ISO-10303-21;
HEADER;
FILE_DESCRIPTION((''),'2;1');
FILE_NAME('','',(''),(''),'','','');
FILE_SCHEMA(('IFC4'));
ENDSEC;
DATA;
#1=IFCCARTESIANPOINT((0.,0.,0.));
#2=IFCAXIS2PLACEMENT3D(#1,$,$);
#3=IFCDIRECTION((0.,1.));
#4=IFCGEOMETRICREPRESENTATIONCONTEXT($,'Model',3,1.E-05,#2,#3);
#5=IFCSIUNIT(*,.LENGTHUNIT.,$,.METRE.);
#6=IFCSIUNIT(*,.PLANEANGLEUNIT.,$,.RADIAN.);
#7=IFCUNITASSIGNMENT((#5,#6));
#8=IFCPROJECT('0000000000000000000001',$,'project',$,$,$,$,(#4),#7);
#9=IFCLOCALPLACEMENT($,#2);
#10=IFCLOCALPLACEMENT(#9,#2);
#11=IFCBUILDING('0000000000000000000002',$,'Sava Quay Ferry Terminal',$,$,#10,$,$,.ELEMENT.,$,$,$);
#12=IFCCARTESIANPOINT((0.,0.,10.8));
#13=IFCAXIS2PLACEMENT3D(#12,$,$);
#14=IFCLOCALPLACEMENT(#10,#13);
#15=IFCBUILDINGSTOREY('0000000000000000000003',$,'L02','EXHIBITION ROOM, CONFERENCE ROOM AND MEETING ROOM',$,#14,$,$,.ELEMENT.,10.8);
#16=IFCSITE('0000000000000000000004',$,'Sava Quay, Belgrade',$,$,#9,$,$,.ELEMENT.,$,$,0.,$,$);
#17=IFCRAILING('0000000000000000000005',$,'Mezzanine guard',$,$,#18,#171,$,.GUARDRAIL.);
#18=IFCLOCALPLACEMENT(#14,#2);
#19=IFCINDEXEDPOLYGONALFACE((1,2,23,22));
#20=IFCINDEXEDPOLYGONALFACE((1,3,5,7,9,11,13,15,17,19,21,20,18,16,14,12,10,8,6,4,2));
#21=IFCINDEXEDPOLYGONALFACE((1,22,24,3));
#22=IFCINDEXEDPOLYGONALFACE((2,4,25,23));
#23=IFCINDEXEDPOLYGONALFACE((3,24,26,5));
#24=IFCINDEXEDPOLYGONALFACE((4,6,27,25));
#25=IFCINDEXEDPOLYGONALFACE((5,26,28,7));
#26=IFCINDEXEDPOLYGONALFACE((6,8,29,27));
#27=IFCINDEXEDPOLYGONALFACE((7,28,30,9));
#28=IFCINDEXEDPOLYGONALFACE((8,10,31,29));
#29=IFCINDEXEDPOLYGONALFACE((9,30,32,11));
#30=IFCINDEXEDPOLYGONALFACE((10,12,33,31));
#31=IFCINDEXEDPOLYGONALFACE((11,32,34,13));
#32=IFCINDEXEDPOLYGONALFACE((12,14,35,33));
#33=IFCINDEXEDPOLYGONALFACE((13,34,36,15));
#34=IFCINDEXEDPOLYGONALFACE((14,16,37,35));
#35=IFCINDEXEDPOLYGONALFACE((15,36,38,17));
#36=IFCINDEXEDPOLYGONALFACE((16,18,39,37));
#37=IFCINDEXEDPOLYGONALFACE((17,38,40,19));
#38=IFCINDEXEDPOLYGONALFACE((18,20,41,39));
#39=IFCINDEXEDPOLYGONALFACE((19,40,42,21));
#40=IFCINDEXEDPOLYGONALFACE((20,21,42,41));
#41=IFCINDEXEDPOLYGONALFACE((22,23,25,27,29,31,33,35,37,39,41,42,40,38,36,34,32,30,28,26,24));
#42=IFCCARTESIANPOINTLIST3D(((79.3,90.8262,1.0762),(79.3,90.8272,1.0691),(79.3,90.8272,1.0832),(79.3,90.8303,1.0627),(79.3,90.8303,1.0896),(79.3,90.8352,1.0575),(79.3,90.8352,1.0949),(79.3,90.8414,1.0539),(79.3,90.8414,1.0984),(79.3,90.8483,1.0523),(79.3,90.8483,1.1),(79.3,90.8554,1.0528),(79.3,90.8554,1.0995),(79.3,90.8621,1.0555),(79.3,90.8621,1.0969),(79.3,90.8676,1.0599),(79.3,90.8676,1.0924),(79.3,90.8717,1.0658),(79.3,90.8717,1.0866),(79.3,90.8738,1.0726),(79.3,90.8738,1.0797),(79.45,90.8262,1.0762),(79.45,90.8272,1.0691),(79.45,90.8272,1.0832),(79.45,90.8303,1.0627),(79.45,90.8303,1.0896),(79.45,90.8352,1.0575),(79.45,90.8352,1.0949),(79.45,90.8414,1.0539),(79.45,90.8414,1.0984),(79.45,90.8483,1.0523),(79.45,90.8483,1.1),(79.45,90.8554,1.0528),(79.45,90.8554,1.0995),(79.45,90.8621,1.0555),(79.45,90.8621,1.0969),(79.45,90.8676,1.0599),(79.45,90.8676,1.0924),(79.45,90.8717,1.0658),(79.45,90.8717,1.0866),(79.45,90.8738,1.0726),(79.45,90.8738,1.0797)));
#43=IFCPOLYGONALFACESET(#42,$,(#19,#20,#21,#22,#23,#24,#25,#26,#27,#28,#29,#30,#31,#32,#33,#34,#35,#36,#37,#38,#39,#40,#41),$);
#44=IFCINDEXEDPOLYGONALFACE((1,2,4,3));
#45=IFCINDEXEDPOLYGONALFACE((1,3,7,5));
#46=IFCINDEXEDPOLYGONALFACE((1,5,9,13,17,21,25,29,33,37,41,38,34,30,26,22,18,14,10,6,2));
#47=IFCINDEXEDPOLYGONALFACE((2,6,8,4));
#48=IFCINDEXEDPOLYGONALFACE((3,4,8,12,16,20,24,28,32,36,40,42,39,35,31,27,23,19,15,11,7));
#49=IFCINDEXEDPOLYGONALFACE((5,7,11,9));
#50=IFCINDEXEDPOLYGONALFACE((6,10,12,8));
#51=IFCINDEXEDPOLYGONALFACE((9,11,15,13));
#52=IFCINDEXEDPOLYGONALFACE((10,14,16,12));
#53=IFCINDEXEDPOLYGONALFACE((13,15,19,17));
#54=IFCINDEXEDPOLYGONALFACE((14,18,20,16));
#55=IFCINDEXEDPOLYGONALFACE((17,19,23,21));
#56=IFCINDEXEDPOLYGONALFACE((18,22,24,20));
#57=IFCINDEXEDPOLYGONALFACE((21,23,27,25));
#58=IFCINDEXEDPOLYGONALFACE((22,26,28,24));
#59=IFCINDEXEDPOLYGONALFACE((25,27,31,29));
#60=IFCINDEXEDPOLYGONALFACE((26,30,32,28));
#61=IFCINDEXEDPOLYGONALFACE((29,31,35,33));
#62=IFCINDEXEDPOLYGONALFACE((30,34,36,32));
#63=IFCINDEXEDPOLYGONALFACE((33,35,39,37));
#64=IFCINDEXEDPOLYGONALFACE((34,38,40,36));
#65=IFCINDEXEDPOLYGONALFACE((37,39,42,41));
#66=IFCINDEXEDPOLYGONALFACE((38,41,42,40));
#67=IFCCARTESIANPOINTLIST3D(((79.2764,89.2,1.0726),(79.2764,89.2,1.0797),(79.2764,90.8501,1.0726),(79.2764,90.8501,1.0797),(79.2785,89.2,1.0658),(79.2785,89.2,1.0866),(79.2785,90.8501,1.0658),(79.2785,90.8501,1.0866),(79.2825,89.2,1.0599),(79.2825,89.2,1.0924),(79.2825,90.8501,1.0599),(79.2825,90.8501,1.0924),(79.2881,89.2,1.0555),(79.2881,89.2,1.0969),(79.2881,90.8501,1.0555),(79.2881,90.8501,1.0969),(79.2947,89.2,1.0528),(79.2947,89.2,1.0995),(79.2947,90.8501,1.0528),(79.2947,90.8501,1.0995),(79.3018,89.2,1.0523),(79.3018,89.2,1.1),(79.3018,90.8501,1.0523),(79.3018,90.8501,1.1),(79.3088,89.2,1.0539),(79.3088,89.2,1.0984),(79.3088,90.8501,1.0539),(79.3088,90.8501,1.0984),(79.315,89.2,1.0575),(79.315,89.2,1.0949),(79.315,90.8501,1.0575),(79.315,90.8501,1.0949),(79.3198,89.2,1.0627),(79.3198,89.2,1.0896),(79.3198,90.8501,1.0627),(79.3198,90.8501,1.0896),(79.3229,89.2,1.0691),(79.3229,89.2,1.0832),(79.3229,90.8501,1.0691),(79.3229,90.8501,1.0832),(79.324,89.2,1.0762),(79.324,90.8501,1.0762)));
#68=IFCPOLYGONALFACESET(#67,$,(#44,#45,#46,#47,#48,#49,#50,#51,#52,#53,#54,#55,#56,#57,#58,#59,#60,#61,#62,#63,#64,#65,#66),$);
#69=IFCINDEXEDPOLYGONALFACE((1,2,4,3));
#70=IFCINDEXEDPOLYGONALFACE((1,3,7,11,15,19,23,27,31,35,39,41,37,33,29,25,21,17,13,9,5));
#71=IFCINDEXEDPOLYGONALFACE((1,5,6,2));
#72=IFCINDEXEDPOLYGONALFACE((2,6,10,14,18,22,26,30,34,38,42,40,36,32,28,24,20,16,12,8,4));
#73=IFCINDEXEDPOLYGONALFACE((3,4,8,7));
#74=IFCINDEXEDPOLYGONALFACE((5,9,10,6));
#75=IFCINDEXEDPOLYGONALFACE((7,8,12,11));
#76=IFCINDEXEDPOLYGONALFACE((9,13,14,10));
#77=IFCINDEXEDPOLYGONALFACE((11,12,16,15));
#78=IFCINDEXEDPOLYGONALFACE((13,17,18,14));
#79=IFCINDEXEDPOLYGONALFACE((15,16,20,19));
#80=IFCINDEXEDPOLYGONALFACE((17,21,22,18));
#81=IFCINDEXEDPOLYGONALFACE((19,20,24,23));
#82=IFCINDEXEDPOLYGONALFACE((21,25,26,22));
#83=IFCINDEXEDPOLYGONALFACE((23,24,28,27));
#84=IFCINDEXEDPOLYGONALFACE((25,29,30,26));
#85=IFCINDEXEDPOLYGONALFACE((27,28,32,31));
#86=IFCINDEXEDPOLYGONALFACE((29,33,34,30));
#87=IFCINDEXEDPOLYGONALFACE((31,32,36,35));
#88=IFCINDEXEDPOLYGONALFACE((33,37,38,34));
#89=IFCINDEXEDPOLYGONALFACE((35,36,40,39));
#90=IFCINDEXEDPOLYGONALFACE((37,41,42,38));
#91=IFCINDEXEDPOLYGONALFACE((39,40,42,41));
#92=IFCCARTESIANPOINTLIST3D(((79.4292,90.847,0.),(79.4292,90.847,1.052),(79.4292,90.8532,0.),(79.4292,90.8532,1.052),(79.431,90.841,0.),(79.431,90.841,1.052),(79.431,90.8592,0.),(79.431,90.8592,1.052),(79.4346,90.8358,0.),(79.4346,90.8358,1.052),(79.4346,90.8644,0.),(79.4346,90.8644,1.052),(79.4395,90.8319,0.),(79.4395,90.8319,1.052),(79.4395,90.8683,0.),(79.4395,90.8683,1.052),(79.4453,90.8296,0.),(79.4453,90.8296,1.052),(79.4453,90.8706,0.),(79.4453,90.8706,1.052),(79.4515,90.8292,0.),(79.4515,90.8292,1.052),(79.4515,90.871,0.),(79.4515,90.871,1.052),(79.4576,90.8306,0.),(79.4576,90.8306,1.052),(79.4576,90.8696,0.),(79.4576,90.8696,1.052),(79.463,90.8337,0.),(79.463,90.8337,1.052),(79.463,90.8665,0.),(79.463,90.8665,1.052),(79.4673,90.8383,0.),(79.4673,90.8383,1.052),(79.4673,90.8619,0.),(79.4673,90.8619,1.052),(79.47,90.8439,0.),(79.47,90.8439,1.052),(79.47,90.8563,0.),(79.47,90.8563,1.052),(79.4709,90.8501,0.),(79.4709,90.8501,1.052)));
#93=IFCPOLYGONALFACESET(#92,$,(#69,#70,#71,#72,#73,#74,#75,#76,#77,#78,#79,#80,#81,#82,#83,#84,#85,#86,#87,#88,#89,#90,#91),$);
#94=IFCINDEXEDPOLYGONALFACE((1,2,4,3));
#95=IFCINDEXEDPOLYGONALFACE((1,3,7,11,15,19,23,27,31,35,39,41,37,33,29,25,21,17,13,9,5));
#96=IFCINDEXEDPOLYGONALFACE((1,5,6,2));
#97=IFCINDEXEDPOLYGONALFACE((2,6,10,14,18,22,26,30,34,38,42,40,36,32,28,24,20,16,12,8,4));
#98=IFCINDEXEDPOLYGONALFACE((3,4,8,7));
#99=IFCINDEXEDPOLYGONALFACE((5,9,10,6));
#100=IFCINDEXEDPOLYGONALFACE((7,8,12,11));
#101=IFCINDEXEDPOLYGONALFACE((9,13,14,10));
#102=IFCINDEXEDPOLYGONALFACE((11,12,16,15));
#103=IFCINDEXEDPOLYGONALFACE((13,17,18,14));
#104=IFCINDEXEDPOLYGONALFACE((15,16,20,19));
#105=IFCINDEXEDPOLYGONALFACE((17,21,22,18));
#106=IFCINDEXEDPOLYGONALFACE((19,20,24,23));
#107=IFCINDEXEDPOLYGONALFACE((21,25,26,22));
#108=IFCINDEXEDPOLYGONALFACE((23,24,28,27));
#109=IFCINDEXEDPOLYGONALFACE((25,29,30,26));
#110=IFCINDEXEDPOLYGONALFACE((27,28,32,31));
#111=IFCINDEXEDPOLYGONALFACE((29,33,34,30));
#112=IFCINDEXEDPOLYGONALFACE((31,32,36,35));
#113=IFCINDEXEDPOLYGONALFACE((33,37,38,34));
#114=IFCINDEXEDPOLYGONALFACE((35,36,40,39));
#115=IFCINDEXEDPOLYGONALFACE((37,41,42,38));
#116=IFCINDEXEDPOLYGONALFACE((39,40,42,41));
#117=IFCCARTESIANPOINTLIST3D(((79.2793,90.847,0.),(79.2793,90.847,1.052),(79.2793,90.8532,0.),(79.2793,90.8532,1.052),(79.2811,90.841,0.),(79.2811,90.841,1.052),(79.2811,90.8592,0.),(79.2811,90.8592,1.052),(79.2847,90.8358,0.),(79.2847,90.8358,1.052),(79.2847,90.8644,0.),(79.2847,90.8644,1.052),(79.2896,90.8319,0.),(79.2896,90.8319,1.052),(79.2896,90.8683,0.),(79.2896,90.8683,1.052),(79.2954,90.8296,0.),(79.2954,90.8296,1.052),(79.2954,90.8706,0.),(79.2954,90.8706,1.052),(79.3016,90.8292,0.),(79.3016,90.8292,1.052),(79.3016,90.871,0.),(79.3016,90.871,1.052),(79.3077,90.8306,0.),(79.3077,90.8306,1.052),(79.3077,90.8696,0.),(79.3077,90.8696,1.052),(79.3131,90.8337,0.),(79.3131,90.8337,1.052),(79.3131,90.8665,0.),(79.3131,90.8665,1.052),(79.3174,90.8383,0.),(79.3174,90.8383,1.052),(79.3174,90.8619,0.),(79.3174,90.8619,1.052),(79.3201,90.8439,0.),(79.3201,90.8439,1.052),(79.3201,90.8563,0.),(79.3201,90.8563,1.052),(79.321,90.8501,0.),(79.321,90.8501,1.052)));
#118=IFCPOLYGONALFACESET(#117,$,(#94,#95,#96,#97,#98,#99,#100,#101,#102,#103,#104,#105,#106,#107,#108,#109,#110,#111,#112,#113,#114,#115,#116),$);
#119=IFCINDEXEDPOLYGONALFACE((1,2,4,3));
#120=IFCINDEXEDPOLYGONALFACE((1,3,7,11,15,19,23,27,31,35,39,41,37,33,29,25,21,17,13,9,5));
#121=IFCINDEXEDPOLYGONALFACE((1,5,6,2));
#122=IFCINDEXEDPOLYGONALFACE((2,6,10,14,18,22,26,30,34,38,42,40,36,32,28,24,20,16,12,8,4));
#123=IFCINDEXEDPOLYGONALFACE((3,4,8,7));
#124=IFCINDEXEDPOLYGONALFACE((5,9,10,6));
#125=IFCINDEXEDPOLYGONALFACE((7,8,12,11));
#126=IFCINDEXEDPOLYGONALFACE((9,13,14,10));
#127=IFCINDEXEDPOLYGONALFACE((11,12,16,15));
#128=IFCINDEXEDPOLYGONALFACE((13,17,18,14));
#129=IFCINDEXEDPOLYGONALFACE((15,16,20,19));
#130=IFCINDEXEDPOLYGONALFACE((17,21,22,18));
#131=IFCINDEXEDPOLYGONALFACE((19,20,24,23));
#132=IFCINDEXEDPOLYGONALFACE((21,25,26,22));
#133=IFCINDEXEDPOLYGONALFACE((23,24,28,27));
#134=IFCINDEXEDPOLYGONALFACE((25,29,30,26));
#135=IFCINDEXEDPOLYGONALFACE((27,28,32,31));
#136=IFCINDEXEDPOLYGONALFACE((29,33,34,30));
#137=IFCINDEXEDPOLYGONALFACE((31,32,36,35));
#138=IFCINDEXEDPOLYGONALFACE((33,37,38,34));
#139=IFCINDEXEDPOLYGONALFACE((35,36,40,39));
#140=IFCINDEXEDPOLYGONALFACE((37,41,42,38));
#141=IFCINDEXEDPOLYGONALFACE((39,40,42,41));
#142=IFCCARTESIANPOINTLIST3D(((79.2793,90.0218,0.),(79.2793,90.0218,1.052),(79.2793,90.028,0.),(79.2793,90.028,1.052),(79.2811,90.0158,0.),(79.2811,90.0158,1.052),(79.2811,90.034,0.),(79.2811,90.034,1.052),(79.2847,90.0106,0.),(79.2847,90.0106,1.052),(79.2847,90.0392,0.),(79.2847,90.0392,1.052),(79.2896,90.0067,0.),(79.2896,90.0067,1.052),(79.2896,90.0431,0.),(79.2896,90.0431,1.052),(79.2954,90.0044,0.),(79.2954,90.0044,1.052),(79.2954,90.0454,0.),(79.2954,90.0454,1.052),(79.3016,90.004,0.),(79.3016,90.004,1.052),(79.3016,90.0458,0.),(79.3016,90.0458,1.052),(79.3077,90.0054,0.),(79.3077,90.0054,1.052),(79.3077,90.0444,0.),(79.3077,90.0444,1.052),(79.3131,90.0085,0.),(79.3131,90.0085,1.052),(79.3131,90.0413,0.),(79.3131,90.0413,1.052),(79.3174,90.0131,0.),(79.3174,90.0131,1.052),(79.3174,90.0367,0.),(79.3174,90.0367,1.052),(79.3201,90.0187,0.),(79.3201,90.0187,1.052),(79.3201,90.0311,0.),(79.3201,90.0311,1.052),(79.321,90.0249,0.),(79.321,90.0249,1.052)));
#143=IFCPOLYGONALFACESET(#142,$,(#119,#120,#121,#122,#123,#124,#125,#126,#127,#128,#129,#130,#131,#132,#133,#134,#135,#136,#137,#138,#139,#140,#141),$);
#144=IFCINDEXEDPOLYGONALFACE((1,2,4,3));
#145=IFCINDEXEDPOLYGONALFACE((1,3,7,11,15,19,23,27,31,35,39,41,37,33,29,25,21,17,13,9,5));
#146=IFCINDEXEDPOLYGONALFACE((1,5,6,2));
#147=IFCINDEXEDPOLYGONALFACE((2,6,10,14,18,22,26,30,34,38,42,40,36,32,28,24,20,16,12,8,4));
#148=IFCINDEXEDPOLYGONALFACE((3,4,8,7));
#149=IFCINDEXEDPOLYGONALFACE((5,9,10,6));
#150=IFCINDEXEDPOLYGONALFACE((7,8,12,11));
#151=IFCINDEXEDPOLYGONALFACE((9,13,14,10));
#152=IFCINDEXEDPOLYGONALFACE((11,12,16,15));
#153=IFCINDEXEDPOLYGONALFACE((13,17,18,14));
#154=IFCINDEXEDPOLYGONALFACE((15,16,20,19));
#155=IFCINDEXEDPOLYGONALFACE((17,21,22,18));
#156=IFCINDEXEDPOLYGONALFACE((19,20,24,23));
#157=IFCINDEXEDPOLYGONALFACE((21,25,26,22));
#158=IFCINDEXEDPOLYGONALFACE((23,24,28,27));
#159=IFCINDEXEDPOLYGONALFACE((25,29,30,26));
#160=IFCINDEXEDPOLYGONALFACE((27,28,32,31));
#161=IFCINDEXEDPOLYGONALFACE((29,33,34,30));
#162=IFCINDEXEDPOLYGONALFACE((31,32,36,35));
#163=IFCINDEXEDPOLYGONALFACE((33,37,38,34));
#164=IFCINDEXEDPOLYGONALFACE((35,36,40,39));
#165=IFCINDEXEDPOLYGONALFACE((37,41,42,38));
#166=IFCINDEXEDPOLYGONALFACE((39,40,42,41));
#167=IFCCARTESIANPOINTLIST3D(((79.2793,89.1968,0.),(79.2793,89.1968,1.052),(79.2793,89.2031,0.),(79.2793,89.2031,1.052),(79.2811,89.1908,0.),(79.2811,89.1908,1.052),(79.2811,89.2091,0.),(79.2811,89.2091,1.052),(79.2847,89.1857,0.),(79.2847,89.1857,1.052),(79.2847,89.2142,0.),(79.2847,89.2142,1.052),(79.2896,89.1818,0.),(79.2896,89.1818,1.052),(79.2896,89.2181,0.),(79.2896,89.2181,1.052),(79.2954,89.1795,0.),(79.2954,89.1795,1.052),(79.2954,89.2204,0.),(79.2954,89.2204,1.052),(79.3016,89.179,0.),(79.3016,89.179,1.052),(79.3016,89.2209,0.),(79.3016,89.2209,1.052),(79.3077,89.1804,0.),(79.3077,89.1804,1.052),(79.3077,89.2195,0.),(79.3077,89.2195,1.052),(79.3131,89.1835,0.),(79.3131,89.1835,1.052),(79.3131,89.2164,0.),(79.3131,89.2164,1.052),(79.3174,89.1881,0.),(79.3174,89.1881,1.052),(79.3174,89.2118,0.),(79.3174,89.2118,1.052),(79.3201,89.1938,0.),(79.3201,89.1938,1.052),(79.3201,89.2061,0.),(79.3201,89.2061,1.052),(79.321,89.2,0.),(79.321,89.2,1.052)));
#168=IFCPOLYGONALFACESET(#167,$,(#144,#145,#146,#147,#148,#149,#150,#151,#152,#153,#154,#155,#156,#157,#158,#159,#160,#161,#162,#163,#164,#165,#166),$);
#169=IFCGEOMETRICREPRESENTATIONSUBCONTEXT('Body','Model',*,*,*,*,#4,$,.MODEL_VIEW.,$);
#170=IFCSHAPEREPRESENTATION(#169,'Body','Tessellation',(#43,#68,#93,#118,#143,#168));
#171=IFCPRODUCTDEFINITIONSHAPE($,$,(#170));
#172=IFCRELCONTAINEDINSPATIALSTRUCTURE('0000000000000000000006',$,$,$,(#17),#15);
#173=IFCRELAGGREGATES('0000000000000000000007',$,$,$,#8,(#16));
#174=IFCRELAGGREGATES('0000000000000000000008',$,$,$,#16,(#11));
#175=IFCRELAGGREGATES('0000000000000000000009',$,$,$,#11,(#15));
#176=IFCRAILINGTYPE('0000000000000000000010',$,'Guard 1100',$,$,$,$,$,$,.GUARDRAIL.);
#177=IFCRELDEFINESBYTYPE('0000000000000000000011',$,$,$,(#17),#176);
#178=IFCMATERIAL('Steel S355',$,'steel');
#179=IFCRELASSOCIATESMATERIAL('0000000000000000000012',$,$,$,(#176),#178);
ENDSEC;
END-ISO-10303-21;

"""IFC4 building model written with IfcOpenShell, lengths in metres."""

from ifc_helpers import new_model, si_unit, direction, frame, origin, origin_2d, place, context, subcontext, project, spatial, circle, extrude, material, type_object, element, save


model = new_model("IFC4")

# Units and contexts
model_context = context("Model", 3, precision=1e-05, world=origin(), true_north=direction((0.0, 1.0)))
body_context = subcontext(model_context, "Body", "Model", "MODEL_VIEW")
ifc_project = project(units=[si_unit("LENGTHUNIT", "METRE"), si_unit("PLANEANGLEUNIT", "RADIAN")], contexts=[model_context])

# Site, building, storey
site_placement = place(None, origin())
site = spatial("IfcSite", under=ifc_project, at=site_placement, Name="Sava Quay, Belgrade", CompositionType="ELEMENT", RefElevation=0.0)
building_placement = place(site_placement, origin())
building = spatial("IfcBuilding", under=site, at=building_placement, Name="Sava Quay Ferry Terminal", CompositionType="ELEMENT")
storey_placement = place(building_placement, frame((0.0, 0.0, 10.8)))
storey = spatial("IfcBuildingStorey", under=building, at=storey_placement, Name="L02", Description="EXHIBITION ROOM, CONFERENCE ROOM AND MEETING ROOM", CompositionType="ELEMENT", Elevation=10.8)

# Railing
ifc_material_1 = material(Name="Steel S355", Category="steel")
railing_type = type_object("IfcRailingType", Name="Guard 1100", PredefinedType="GUARDRAIL", material=ifc_material_1)
railing_1_placement = place(storey_placement, frame((79.45, 90.8501, 0.0)))
element("IfcRailing", 1, at=railing_1_placement, inside=storey, type_object=railing_type, Name="Mezzanine guard", PredefinedType="GUARDRAIL", context=body_context, shape_type="SweptSolid", body=[
    extrude(circle(Radius=0.0239, at=origin_2d()), frame((0.0, 0.0, 1.0762), z_axis=(-1.0, 0.0, 0.0), x_axis=(0.0, -1.0, 0.0)), (0.0, 0.0, 1.0), 0.1499),
    extrude(circle(Radius=0.0239, at=origin_2d()), frame((-0.1499, 0.0, 1.0762), z_axis=(0.0, -1.0, 0.0), x_axis=(1.0, 0.0, 0.0)), (0.0, 0.0, 1.0), 1.6501),
    extrude(circle(Radius=0.021, at=origin_2d()), origin(), (0.0, 0.0, 1.0), 1.052),
    extrude(circle(Radius=0.021, at=origin_2d()), frame((-0.1499, 0.0, 0.0)), (0.0, 0.0, 1.0), 1.052),
    extrude(circle(Radius=0.021, at=origin_2d()), frame((-0.1499, -0.8252, 0.0)), (0.0, 0.0, 1.0), 1.052),
    extrude(circle(Radius=0.021, at=origin_2d()), frame((-0.1499, -1.6501, 0.0)), (0.0, 0.0, 1.0), 1.052),
])

save(model, "model.ifc")
